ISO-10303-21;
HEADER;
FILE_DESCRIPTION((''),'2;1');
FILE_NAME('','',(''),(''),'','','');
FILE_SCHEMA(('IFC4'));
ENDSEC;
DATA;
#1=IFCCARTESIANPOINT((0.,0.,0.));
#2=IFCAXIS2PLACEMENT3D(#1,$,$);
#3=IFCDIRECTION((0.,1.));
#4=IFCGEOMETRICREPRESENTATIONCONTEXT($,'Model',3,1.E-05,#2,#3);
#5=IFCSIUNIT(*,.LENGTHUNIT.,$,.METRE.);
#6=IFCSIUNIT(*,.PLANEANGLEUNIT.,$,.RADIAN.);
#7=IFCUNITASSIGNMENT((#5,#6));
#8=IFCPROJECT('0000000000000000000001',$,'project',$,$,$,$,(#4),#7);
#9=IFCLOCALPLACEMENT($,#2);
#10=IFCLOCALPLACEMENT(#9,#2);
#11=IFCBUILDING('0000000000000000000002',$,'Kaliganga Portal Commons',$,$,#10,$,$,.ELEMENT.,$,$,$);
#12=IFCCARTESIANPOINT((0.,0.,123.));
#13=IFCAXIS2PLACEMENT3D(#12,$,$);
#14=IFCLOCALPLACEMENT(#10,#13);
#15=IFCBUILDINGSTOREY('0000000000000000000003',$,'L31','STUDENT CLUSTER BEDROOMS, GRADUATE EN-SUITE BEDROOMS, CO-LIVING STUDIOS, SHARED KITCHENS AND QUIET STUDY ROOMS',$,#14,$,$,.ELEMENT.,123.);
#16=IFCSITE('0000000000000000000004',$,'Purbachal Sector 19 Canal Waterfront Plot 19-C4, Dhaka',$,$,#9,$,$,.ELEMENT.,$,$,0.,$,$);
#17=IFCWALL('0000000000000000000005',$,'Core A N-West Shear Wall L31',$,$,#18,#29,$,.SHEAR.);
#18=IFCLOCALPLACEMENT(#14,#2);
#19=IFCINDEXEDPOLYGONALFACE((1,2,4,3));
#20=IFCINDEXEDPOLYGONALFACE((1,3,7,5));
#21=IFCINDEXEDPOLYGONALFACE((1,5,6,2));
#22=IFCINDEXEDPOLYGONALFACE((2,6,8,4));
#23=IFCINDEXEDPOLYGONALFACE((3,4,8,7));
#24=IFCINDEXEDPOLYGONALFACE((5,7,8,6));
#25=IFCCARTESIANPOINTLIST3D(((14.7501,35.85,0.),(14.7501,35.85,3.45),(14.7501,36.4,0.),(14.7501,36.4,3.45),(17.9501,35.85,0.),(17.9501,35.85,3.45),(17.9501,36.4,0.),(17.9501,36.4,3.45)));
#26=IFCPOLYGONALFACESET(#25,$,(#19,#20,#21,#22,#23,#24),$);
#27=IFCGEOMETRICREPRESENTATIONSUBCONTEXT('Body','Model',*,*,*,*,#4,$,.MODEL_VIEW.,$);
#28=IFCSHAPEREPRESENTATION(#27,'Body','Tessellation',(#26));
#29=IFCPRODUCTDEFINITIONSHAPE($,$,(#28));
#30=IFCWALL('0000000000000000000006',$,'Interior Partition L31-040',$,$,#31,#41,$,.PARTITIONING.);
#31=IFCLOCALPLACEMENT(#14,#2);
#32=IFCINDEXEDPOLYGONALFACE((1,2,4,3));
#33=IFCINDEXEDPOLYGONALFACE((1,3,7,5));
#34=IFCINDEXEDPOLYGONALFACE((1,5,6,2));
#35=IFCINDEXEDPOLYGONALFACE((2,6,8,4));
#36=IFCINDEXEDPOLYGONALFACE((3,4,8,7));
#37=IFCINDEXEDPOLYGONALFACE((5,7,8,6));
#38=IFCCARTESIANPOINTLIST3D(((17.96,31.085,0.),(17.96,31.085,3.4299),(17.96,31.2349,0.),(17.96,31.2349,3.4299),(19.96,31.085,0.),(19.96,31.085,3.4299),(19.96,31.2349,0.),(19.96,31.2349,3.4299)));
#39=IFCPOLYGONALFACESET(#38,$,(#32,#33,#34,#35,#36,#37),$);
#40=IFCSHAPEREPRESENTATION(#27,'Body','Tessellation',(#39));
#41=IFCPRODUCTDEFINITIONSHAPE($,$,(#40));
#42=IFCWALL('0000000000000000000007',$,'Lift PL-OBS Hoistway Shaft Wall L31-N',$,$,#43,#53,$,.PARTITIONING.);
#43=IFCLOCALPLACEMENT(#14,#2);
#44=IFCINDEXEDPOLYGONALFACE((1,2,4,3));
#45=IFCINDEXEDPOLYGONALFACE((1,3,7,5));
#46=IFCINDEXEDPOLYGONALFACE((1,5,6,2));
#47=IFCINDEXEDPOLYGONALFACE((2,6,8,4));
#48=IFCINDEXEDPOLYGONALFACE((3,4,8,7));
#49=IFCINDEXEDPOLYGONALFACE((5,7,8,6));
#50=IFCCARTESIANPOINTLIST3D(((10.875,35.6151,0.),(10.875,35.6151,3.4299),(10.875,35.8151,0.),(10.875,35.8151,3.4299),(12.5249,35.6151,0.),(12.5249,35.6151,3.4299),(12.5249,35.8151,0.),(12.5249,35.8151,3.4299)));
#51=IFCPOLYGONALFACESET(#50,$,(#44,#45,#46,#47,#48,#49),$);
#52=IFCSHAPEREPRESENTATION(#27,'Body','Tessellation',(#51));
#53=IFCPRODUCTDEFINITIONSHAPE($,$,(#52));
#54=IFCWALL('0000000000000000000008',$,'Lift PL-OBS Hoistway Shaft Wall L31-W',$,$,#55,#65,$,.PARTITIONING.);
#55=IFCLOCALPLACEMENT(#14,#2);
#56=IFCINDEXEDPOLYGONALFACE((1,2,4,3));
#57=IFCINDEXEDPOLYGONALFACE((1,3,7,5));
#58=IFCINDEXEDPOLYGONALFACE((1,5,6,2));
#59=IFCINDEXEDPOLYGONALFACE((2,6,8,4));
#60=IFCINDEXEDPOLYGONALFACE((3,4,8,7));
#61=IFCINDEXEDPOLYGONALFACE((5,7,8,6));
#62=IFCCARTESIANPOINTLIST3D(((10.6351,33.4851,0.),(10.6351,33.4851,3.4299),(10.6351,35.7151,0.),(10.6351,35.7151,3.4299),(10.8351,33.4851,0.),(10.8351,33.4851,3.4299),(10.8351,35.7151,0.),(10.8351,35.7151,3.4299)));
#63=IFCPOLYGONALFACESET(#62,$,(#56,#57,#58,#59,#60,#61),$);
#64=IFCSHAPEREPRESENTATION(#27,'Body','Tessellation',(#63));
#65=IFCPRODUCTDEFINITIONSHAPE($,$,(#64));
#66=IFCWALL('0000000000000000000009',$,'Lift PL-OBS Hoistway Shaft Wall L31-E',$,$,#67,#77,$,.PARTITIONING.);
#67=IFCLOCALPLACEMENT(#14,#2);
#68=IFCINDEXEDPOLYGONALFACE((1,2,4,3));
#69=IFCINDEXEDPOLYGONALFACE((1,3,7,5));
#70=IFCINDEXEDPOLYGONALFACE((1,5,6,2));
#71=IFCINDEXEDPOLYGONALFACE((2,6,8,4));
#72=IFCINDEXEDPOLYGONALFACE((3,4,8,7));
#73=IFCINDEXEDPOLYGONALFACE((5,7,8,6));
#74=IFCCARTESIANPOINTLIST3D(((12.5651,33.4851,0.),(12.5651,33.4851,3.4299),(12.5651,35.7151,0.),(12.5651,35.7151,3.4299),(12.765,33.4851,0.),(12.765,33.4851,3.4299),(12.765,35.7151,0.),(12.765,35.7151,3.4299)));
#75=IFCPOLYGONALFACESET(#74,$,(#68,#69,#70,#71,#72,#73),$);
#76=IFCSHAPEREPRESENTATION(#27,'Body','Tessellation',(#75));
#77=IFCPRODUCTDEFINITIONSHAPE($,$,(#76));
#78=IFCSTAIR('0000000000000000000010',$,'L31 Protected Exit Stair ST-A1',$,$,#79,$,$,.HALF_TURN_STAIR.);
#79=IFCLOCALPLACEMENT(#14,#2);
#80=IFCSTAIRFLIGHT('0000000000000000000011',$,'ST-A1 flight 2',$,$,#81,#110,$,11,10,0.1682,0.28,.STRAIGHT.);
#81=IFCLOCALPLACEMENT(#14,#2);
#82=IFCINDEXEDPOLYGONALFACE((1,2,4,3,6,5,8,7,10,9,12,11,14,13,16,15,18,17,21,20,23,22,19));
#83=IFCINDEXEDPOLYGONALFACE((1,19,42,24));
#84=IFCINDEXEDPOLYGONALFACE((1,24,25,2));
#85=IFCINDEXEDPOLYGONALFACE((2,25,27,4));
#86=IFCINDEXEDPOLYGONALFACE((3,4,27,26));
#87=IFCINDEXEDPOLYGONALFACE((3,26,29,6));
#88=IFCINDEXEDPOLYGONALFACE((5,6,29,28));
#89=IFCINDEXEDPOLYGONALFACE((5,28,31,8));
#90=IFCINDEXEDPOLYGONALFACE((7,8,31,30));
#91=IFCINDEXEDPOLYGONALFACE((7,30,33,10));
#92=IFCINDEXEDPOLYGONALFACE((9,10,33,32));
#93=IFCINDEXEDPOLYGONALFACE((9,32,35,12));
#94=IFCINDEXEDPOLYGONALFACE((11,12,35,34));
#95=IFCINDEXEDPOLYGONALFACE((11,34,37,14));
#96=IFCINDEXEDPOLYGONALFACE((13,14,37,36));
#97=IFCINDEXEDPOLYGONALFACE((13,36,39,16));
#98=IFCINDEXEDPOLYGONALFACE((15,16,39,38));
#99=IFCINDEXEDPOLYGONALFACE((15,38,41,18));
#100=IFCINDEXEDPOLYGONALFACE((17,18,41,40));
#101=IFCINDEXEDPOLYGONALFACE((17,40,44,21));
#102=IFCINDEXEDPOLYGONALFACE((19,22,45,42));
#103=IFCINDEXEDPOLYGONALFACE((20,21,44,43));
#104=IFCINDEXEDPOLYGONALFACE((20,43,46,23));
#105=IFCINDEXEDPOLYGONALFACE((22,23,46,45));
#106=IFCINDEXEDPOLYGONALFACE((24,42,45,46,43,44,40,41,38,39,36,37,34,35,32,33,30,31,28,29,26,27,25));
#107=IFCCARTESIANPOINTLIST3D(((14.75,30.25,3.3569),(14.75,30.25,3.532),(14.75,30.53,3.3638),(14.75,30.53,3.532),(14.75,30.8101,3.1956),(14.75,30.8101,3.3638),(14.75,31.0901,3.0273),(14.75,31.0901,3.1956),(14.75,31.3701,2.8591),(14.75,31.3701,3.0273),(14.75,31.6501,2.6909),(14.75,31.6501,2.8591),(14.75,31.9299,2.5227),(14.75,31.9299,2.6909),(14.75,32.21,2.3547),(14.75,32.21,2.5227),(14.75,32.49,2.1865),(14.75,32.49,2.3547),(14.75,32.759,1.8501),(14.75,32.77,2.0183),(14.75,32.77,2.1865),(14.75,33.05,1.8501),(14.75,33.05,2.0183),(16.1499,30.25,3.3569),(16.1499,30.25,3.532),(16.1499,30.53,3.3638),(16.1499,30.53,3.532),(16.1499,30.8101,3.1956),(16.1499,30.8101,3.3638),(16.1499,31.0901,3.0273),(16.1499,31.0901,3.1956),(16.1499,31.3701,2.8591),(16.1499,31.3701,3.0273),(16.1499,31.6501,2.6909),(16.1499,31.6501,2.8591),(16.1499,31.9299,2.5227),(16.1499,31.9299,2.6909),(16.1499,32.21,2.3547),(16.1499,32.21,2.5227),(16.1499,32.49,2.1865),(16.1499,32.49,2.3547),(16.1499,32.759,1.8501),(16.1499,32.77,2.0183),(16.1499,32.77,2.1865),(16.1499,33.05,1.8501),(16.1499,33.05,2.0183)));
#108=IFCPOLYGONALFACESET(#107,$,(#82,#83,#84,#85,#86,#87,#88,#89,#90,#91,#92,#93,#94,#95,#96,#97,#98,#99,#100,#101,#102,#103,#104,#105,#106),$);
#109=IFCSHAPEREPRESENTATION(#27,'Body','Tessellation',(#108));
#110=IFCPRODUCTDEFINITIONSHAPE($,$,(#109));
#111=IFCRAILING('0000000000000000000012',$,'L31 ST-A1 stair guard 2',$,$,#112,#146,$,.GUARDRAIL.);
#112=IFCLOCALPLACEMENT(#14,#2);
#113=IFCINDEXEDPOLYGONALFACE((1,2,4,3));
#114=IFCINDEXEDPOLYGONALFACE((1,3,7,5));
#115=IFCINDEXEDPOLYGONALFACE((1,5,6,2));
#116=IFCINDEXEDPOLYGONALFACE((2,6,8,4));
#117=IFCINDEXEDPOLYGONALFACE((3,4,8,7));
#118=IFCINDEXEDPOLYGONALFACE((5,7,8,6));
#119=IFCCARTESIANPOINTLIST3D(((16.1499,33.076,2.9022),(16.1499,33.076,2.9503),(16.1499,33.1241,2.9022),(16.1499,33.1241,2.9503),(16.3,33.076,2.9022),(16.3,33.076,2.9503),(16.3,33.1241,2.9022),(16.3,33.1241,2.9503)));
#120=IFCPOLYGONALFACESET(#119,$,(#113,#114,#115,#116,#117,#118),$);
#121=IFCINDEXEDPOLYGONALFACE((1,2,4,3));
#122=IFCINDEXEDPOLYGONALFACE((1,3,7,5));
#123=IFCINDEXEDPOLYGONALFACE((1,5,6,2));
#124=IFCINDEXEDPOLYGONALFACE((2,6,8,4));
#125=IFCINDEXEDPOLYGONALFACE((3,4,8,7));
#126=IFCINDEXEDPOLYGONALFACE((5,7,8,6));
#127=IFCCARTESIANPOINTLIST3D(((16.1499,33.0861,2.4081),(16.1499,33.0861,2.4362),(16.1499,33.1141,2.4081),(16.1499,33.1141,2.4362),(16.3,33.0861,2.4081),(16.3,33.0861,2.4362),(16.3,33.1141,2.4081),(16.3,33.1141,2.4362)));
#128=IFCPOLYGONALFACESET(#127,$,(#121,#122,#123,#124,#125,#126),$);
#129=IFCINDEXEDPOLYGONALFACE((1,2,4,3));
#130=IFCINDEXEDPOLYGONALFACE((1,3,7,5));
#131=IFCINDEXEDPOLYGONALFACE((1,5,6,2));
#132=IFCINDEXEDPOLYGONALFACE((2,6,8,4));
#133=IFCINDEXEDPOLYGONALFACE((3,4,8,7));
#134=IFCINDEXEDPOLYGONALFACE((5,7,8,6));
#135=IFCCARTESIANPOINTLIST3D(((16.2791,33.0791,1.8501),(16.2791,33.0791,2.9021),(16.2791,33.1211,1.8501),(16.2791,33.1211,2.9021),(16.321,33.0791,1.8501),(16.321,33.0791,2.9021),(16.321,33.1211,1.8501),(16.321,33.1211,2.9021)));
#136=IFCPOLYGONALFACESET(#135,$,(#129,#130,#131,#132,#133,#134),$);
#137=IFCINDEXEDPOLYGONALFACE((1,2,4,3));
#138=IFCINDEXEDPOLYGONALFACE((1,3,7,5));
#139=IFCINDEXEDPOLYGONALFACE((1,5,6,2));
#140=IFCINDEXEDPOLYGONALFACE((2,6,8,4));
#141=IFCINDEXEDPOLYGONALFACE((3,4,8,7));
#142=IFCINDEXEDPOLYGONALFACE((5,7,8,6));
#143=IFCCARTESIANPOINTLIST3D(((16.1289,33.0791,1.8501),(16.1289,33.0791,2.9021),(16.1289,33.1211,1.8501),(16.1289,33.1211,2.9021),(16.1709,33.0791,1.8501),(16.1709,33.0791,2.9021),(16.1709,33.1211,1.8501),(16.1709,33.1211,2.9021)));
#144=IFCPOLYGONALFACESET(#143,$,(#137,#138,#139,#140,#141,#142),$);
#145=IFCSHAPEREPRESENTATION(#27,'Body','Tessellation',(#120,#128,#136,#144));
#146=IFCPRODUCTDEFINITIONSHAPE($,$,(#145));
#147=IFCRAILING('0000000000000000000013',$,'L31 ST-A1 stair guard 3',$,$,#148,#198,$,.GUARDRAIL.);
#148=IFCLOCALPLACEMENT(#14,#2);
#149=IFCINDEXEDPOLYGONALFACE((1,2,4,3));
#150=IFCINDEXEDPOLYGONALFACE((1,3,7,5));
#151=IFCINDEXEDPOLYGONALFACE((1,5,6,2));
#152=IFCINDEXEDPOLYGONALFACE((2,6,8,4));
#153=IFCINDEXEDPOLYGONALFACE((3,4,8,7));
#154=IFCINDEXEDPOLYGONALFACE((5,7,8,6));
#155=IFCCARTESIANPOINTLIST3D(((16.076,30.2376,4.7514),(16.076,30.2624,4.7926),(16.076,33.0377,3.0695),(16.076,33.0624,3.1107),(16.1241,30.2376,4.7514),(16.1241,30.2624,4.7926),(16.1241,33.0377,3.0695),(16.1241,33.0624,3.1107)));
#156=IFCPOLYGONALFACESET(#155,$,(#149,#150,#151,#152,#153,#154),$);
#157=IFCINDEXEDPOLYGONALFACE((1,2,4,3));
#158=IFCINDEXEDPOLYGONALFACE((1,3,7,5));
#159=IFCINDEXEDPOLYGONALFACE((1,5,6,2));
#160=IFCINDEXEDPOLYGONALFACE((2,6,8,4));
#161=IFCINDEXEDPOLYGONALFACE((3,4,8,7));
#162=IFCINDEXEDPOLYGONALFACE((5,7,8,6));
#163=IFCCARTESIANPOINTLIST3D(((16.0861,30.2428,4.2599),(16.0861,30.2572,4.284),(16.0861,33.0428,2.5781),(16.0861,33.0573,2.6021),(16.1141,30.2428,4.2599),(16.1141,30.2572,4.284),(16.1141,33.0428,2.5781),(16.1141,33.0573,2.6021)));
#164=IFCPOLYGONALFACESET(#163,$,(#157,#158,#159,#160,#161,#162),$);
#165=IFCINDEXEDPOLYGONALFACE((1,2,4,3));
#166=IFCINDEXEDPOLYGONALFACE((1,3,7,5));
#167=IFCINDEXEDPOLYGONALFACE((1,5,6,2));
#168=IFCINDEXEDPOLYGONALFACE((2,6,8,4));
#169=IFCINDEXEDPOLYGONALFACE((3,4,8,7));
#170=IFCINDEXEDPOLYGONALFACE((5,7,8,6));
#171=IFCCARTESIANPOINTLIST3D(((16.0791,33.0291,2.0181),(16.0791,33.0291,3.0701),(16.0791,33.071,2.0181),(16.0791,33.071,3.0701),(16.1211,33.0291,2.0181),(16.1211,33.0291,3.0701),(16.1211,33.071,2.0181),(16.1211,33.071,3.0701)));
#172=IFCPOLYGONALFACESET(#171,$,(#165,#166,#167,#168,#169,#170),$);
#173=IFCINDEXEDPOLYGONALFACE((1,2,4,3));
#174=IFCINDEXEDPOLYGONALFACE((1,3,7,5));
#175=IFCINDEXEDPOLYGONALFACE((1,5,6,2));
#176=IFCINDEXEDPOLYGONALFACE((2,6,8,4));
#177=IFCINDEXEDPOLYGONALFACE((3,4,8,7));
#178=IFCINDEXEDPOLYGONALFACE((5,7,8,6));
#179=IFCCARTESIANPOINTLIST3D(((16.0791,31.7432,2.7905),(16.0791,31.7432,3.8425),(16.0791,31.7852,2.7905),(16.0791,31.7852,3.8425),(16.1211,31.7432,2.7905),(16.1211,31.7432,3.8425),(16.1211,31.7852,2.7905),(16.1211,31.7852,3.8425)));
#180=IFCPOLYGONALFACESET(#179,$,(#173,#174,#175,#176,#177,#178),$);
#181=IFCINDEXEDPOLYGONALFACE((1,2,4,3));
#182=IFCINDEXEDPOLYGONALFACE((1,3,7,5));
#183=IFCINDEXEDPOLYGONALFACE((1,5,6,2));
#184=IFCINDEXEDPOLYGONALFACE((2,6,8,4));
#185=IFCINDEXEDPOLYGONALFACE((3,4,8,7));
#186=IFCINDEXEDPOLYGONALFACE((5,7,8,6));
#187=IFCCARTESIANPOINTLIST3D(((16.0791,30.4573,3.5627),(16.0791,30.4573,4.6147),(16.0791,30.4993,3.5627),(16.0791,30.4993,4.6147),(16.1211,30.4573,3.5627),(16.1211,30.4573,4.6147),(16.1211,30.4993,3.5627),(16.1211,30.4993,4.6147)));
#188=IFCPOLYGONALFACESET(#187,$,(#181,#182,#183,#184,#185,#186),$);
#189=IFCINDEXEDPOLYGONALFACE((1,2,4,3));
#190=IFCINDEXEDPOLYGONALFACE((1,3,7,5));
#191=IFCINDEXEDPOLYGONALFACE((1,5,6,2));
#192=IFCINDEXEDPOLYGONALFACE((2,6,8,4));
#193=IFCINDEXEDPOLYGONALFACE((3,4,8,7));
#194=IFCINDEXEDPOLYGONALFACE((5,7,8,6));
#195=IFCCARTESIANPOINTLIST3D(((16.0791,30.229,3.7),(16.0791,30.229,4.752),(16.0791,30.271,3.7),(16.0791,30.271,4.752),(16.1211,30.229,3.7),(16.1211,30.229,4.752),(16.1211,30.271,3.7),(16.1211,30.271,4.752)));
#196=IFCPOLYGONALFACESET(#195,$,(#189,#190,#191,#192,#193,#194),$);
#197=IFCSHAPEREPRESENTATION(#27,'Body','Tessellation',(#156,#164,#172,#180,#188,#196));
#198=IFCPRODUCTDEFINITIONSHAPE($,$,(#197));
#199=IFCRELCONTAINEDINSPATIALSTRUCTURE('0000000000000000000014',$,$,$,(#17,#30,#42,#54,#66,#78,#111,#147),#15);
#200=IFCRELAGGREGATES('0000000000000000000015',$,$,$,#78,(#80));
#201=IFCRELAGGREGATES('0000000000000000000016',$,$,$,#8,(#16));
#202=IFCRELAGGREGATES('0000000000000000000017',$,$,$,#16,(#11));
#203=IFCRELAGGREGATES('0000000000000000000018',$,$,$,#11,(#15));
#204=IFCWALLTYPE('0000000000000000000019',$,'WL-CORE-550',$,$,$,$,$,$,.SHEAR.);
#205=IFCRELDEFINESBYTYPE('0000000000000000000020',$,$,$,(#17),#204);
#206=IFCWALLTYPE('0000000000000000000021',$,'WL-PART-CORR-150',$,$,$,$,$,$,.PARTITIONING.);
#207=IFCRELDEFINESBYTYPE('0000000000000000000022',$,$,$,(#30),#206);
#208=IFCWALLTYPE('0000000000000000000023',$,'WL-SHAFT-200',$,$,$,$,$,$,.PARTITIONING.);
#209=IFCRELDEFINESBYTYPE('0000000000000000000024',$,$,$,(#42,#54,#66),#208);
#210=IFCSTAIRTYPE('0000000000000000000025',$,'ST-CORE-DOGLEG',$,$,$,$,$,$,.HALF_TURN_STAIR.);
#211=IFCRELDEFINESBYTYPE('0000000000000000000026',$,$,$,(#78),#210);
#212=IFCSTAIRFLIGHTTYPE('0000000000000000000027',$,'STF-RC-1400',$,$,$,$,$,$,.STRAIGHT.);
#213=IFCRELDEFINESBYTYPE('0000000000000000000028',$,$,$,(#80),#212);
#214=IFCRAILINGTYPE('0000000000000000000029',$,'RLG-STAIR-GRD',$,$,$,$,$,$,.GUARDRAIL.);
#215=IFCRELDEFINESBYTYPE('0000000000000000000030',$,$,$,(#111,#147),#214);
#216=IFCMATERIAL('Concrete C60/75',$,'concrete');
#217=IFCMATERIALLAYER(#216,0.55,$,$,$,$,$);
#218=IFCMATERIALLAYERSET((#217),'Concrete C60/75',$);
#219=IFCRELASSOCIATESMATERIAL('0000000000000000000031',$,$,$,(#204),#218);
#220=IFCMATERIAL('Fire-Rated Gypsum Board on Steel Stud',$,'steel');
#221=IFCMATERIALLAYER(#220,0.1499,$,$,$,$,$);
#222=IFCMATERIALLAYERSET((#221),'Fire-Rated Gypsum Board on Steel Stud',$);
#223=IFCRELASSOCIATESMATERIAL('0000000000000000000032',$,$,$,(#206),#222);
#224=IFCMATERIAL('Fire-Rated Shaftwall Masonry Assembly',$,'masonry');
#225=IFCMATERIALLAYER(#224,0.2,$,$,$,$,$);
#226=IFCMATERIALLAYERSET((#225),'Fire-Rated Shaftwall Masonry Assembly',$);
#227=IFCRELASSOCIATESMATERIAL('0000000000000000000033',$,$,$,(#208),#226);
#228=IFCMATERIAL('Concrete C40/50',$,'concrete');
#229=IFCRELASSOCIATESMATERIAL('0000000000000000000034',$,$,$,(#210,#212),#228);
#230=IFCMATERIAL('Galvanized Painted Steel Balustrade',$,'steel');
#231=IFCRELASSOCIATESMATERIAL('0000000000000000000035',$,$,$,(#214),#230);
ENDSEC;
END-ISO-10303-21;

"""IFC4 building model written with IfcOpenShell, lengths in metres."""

from ifc_helpers import new_model, si_unit, direction, frame, frame_2d, origin, origin_2d, place, context, subcontext, project, spatial, polyline, rectangle, outline, extrude, material, layer, layer_set, type_object, element, aggregate, save


model = new_model("IFC4")

# Units and contexts
model_context = context("Model", 3, precision=1e-05, world=origin(), true_north=direction((0.0, 1.0)))
body_context = subcontext(model_context, "Body", "Model", "MODEL_VIEW")
ifc_project = project(units=[si_unit("LENGTHUNIT", "METRE"), si_unit("PLANEANGLEUNIT", "RADIAN")], contexts=[model_context])

# Site, building, storey
site_placement = place(None, origin())
site = spatial("IfcSite", under=ifc_project, at=site_placement, Name="Purbachal Sector 19 Canal Waterfront Plot 19-C4, Dhaka", CompositionType="ELEMENT", RefElevation=0.0)
building_placement = place(site_placement, origin())
building = spatial("IfcBuilding", under=site, at=building_placement, Name="Kaliganga Portal Commons", CompositionType="ELEMENT")
storey_placement = place(building_placement, frame((0.0, 0.0, 123.0)))
storey = spatial("IfcBuildingStorey", under=building, at=storey_placement, Name="L31", Description="STUDENT CLUSTER BEDROOMS, GRADUATE EN-SUITE BEDROOMS, CO-LIVING STUDIOS, SHARED KITCHENS AND QUIET STUDY ROOMS", CompositionType="ELEMENT", Elevation=123.0)

# Walls
ifc_material_1 = material(Name="Concrete C60/75", Category="concrete")
ifc_layer_1 = layer(ifc_material_1, 0.55)
ifc_layer_set_1 = layer_set([ifc_layer_1], Name="Concrete C60/75")
wall_type_1 = type_object("IfcWallType", Name="WL-CORE-550", PredefinedType="SHEAR", material=ifc_layer_set_1)
wall_1_placement = place(storey_placement, frame((14.75, 36.125, 0.0), z_axis=(0.0, 0.0, 1.0), x_axis=(1.0, 0.0, 0.0)))
element("IfcWall", 1, at=wall_1_placement, inside=storey, type_object=wall_type_1, Name="Core A N-West Shear Wall L31", PredefinedType="SHEAR", context=body_context, shape_type="SweptSolid", body=[
    extrude(rectangle(XDim=3.2, YDim=0.55, at=frame_2d((1.6001, 0.0))), origin(), (0.0, 0.0, 1.0), 3.45),
])
ifc_material_2 = material(Name="Fire-Rated Gypsum Board on Steel Stud", Category="steel")
ifc_layer_2 = layer(ifc_material_2, 0.1499)
ifc_layer_set_2 = layer_set([ifc_layer_2], Name="Fire-Rated Gypsum Board on Steel Stud")
wall_type_2 = type_object("IfcWallType", Name="WL-PART-CORR-150", PredefinedType="PARTITIONING", material=ifc_layer_set_2)
wall_2_placement = place(storey_placement, frame((17.96, 31.1599, 0.0), z_axis=(0.0, 0.0, 1.0), x_axis=(1.0, 0.0, 0.0)))
element("IfcWall", 2, at=wall_2_placement, inside=storey, type_object=wall_type_2, Name="Interior Partition L31-040", PredefinedType="PARTITIONING", context=body_context, shape_type="SweptSolid", body=[
    extrude(rectangle(XDim=2.0, YDim=0.1499, at=frame_2d((1.0, 0.0))), origin(), (0.0, 0.0, 1.0), 3.4299),
])

# Shared definitions
ifc_material_3 = material(Name="Fire-Rated Shaftwall Masonry Assembly", Category="masonry")
ifc_layer_3 = layer(ifc_material_3, 0.2)
ifc_layer_set_3 = layer_set([ifc_layer_3], Name="Fire-Rated Shaftwall Masonry Assembly")
wall_type_3 = type_object("IfcWallType", Name="WL-SHAFT-200", PredefinedType="PARTITIONING", material=ifc_layer_set_3)

# Walls
wall_3_placement = place(storey_placement, frame((10.875, 35.7151, 0.0), z_axis=(0.0, 0.0, 1.0), x_axis=(1.0, 0.0, 0.0)))
element("IfcWall", 3, at=wall_3_placement, inside=storey, type_object=wall_type_3, Name="Lift PL-OBS Hoistway Shaft Wall L31-N", PredefinedType="PARTITIONING", context=body_context, shape_type="SweptSolid", body=[
    extrude(rectangle(XDim=1.6499, YDim=0.2, at=frame_2d((0.825, 0.0))), origin(), (0.0, 0.0, 1.0), 3.4299),
])
for number, where, z_axis, x_axis, name in (
    (4, (10.7351, 33.4851, 0.0), (0.0, 0.0, 1.0), (0.0, 1.0, 0.0), "Lift PL-OBS Hoistway Shaft Wall L31-W"),
    (5, (12.665, 33.4851, 0.0), (0.0, 0.0, 1.0), (0.0, 1.0, 0.0), "Lift PL-OBS Hoistway Shaft Wall L31-E"),
):
    element("IfcWall", number, at=place(storey_placement, frame(where, z_axis=z_axis, x_axis=x_axis)), inside=storey, type_object=wall_type_3, Name=name, PredefinedType="PARTITIONING", context=body_context, shape_type="SweptSolid", body=[
        extrude(rectangle(XDim=2.23, YDim=0.2, at=frame_2d((1.115, 0.0))), origin(), (0.0, 0.0, 1.0), 3.4299),
    ])

# Stair, stair flight
ifc_material_4 = material(Name="Concrete C40/50", Category="concrete")
stair_type = type_object("IfcStairType", Name="ST-CORE-DOGLEG", PredefinedType="HALF_TURN_STAIR", material=ifc_material_4)
stair_placement = place(storey_placement, origin())
stair = element("IfcStair", 6, at=stair_placement, inside=storey, type_object=stair_type, Name="L31 Protected Exit Stair ST-A1", PredefinedType="HALF_TURN_STAIR")
stair_flight_type = type_object("IfcStairFlightType", Name="STF-RC-1400", PredefinedType="STRAIGHT", material=ifc_material_4)
stair_flight_placement = place(storey_placement, frame((15.45, 33.05, 1.8501), z_axis=(0.0, 0.0, 1.0), x_axis=(0.0, -1.0, 0.0)))
stair_flight = element("IfcStairFlight", 7, at=stair_flight_placement, type_object=stair_flight_type, Name="ST-A1 flight 2", NumberOfRisers=11, NumberOfTreads=10, PredefinedType="STRAIGHT", RiserHeight=0.1682, TreadLength=0.28, context=body_context, shape_type="SweptSolid", body=[
    extrude(outline(polyline([(0.0, 0.0), (0.0, 0.1682), (0.28, 0.1682), (0.28, 0.3364), (0.5601, 0.3364), (0.5601, 0.5046), (0.8401, 0.5046), (0.8401, 0.6726), (1.1201, 0.6726), (1.1201, 0.8408), (1.3999, 0.8408), (1.3999, 1.009), (1.6799, 1.009), (1.6799, 1.1772), (1.96, 1.1772), (1.96, 1.3455), (2.24, 1.3455), (2.24, 1.5137), (2.52, 1.5137), (2.52, 1.6819), (2.8, 1.6819), (2.8, 1.8501), (2.8, 1.5068), (0.291, 0.0), (0.0, 0.0)])), frame((0.0, 0.7, 0.0), z_axis=(0.0, -1.0, 0.0), x_axis=(1.0, 0.0, 0.0)), (0.0, 0.0, 1.0), 1.3999),
])
aggregate(stair, [stair_flight])

# Railings
ifc_material_5 = material(Name="Galvanized Painted Steel Balustrade", Category="steel")
railing_type_1 = type_object("IfcRailingType", Name="RLG-STAIR-GRD", PredefinedType="GUARDRAIL", material=ifc_material_5)
railing_1_placement = place(storey_placement, frame((16.3, 33.1001, 1.8501)))
element("IfcRailing", 8, at=railing_1_placement, inside=storey, type_object=railing_type_1, Name="L31 ST-A1 stair guard 2", PredefinedType="GUARDRAIL", context=body_context, shape_type="SweptSolid", body=[
    extrude(rectangle(XDim=0.0481, YDim=0.0481, at=origin_2d()), frame((0.0, 0.0, 1.0762), z_axis=(-1.0, 0.0, 0.0), x_axis=(0.0, -1.0, 0.0)), (0.0, 0.0, 1.0), 0.1501),
    extrude(rectangle(XDim=0.0281, YDim=0.0281, at=origin_2d()), frame((0.0, 0.0, 0.572), z_axis=(-1.0, 0.0, 0.0), x_axis=(0.0, -1.0, 0.0)), (0.0, 0.0, 1.0), 0.1501),
    extrude(rectangle(XDim=0.042, YDim=0.042, at=origin_2d()), origin(), (0.0, 0.0, 1.0), 1.052),
    extrude(rectangle(XDim=0.042, YDim=0.042, at=origin_2d()), frame((-0.1501, 0.0, 0.0)), (0.0, 0.0, 1.0), 1.052),
])
railing_2_placement = place(storey_placement, frame((16.1001, 33.05, 2.0181)))
element("IfcRailing", 9, at=railing_2_placement, inside=storey, type_object=railing_type_1, Name="L31 ST-A1 stair guard 3", PredefinedType="GUARDRAIL", context=body_context, shape_type="SweptSolid", body=[
    extrude(rectangle(XDim=0.0481, YDim=0.0481, at=origin_2d()), frame((0.0, 0.0, 1.072), z_axis=(0.0, -0.857242, 0.514913), x_axis=(1.0, 0.0, 0.0)), (0.0, 0.0, 1.0), 3.2664),
    extrude(rectangle(XDim=0.0281, YDim=0.0281, at=origin_2d()), frame((0.0, 0.0, 0.572), z_axis=(0.0, -0.857242, 0.514913), x_axis=(1.0, 0.0, 0.0)), (0.0, 0.0, 1.0), 3.2664),
    extrude(rectangle(XDim=0.042, YDim=0.042, at=origin_2d()), origin(), (0.0, 0.0, 1.0), 1.052),
    extrude(rectangle(XDim=0.042, YDim=0.042, at=origin_2d()), frame((0.0, -1.2859, 0.7725)), (0.0, 0.0, 1.0), 1.052),
    extrude(rectangle(XDim=0.042, YDim=0.042, at=origin_2d()), frame((0.0, -2.5718, 1.5447)), (0.0, 0.0, 1.0), 1.052),
    extrude(rectangle(XDim=0.042, YDim=0.042, at=origin_2d()), frame((0.0, -2.8, 1.6819)), (0.0, 0.0, 1.0), 1.052),
])

save(model, "model.ifc")
